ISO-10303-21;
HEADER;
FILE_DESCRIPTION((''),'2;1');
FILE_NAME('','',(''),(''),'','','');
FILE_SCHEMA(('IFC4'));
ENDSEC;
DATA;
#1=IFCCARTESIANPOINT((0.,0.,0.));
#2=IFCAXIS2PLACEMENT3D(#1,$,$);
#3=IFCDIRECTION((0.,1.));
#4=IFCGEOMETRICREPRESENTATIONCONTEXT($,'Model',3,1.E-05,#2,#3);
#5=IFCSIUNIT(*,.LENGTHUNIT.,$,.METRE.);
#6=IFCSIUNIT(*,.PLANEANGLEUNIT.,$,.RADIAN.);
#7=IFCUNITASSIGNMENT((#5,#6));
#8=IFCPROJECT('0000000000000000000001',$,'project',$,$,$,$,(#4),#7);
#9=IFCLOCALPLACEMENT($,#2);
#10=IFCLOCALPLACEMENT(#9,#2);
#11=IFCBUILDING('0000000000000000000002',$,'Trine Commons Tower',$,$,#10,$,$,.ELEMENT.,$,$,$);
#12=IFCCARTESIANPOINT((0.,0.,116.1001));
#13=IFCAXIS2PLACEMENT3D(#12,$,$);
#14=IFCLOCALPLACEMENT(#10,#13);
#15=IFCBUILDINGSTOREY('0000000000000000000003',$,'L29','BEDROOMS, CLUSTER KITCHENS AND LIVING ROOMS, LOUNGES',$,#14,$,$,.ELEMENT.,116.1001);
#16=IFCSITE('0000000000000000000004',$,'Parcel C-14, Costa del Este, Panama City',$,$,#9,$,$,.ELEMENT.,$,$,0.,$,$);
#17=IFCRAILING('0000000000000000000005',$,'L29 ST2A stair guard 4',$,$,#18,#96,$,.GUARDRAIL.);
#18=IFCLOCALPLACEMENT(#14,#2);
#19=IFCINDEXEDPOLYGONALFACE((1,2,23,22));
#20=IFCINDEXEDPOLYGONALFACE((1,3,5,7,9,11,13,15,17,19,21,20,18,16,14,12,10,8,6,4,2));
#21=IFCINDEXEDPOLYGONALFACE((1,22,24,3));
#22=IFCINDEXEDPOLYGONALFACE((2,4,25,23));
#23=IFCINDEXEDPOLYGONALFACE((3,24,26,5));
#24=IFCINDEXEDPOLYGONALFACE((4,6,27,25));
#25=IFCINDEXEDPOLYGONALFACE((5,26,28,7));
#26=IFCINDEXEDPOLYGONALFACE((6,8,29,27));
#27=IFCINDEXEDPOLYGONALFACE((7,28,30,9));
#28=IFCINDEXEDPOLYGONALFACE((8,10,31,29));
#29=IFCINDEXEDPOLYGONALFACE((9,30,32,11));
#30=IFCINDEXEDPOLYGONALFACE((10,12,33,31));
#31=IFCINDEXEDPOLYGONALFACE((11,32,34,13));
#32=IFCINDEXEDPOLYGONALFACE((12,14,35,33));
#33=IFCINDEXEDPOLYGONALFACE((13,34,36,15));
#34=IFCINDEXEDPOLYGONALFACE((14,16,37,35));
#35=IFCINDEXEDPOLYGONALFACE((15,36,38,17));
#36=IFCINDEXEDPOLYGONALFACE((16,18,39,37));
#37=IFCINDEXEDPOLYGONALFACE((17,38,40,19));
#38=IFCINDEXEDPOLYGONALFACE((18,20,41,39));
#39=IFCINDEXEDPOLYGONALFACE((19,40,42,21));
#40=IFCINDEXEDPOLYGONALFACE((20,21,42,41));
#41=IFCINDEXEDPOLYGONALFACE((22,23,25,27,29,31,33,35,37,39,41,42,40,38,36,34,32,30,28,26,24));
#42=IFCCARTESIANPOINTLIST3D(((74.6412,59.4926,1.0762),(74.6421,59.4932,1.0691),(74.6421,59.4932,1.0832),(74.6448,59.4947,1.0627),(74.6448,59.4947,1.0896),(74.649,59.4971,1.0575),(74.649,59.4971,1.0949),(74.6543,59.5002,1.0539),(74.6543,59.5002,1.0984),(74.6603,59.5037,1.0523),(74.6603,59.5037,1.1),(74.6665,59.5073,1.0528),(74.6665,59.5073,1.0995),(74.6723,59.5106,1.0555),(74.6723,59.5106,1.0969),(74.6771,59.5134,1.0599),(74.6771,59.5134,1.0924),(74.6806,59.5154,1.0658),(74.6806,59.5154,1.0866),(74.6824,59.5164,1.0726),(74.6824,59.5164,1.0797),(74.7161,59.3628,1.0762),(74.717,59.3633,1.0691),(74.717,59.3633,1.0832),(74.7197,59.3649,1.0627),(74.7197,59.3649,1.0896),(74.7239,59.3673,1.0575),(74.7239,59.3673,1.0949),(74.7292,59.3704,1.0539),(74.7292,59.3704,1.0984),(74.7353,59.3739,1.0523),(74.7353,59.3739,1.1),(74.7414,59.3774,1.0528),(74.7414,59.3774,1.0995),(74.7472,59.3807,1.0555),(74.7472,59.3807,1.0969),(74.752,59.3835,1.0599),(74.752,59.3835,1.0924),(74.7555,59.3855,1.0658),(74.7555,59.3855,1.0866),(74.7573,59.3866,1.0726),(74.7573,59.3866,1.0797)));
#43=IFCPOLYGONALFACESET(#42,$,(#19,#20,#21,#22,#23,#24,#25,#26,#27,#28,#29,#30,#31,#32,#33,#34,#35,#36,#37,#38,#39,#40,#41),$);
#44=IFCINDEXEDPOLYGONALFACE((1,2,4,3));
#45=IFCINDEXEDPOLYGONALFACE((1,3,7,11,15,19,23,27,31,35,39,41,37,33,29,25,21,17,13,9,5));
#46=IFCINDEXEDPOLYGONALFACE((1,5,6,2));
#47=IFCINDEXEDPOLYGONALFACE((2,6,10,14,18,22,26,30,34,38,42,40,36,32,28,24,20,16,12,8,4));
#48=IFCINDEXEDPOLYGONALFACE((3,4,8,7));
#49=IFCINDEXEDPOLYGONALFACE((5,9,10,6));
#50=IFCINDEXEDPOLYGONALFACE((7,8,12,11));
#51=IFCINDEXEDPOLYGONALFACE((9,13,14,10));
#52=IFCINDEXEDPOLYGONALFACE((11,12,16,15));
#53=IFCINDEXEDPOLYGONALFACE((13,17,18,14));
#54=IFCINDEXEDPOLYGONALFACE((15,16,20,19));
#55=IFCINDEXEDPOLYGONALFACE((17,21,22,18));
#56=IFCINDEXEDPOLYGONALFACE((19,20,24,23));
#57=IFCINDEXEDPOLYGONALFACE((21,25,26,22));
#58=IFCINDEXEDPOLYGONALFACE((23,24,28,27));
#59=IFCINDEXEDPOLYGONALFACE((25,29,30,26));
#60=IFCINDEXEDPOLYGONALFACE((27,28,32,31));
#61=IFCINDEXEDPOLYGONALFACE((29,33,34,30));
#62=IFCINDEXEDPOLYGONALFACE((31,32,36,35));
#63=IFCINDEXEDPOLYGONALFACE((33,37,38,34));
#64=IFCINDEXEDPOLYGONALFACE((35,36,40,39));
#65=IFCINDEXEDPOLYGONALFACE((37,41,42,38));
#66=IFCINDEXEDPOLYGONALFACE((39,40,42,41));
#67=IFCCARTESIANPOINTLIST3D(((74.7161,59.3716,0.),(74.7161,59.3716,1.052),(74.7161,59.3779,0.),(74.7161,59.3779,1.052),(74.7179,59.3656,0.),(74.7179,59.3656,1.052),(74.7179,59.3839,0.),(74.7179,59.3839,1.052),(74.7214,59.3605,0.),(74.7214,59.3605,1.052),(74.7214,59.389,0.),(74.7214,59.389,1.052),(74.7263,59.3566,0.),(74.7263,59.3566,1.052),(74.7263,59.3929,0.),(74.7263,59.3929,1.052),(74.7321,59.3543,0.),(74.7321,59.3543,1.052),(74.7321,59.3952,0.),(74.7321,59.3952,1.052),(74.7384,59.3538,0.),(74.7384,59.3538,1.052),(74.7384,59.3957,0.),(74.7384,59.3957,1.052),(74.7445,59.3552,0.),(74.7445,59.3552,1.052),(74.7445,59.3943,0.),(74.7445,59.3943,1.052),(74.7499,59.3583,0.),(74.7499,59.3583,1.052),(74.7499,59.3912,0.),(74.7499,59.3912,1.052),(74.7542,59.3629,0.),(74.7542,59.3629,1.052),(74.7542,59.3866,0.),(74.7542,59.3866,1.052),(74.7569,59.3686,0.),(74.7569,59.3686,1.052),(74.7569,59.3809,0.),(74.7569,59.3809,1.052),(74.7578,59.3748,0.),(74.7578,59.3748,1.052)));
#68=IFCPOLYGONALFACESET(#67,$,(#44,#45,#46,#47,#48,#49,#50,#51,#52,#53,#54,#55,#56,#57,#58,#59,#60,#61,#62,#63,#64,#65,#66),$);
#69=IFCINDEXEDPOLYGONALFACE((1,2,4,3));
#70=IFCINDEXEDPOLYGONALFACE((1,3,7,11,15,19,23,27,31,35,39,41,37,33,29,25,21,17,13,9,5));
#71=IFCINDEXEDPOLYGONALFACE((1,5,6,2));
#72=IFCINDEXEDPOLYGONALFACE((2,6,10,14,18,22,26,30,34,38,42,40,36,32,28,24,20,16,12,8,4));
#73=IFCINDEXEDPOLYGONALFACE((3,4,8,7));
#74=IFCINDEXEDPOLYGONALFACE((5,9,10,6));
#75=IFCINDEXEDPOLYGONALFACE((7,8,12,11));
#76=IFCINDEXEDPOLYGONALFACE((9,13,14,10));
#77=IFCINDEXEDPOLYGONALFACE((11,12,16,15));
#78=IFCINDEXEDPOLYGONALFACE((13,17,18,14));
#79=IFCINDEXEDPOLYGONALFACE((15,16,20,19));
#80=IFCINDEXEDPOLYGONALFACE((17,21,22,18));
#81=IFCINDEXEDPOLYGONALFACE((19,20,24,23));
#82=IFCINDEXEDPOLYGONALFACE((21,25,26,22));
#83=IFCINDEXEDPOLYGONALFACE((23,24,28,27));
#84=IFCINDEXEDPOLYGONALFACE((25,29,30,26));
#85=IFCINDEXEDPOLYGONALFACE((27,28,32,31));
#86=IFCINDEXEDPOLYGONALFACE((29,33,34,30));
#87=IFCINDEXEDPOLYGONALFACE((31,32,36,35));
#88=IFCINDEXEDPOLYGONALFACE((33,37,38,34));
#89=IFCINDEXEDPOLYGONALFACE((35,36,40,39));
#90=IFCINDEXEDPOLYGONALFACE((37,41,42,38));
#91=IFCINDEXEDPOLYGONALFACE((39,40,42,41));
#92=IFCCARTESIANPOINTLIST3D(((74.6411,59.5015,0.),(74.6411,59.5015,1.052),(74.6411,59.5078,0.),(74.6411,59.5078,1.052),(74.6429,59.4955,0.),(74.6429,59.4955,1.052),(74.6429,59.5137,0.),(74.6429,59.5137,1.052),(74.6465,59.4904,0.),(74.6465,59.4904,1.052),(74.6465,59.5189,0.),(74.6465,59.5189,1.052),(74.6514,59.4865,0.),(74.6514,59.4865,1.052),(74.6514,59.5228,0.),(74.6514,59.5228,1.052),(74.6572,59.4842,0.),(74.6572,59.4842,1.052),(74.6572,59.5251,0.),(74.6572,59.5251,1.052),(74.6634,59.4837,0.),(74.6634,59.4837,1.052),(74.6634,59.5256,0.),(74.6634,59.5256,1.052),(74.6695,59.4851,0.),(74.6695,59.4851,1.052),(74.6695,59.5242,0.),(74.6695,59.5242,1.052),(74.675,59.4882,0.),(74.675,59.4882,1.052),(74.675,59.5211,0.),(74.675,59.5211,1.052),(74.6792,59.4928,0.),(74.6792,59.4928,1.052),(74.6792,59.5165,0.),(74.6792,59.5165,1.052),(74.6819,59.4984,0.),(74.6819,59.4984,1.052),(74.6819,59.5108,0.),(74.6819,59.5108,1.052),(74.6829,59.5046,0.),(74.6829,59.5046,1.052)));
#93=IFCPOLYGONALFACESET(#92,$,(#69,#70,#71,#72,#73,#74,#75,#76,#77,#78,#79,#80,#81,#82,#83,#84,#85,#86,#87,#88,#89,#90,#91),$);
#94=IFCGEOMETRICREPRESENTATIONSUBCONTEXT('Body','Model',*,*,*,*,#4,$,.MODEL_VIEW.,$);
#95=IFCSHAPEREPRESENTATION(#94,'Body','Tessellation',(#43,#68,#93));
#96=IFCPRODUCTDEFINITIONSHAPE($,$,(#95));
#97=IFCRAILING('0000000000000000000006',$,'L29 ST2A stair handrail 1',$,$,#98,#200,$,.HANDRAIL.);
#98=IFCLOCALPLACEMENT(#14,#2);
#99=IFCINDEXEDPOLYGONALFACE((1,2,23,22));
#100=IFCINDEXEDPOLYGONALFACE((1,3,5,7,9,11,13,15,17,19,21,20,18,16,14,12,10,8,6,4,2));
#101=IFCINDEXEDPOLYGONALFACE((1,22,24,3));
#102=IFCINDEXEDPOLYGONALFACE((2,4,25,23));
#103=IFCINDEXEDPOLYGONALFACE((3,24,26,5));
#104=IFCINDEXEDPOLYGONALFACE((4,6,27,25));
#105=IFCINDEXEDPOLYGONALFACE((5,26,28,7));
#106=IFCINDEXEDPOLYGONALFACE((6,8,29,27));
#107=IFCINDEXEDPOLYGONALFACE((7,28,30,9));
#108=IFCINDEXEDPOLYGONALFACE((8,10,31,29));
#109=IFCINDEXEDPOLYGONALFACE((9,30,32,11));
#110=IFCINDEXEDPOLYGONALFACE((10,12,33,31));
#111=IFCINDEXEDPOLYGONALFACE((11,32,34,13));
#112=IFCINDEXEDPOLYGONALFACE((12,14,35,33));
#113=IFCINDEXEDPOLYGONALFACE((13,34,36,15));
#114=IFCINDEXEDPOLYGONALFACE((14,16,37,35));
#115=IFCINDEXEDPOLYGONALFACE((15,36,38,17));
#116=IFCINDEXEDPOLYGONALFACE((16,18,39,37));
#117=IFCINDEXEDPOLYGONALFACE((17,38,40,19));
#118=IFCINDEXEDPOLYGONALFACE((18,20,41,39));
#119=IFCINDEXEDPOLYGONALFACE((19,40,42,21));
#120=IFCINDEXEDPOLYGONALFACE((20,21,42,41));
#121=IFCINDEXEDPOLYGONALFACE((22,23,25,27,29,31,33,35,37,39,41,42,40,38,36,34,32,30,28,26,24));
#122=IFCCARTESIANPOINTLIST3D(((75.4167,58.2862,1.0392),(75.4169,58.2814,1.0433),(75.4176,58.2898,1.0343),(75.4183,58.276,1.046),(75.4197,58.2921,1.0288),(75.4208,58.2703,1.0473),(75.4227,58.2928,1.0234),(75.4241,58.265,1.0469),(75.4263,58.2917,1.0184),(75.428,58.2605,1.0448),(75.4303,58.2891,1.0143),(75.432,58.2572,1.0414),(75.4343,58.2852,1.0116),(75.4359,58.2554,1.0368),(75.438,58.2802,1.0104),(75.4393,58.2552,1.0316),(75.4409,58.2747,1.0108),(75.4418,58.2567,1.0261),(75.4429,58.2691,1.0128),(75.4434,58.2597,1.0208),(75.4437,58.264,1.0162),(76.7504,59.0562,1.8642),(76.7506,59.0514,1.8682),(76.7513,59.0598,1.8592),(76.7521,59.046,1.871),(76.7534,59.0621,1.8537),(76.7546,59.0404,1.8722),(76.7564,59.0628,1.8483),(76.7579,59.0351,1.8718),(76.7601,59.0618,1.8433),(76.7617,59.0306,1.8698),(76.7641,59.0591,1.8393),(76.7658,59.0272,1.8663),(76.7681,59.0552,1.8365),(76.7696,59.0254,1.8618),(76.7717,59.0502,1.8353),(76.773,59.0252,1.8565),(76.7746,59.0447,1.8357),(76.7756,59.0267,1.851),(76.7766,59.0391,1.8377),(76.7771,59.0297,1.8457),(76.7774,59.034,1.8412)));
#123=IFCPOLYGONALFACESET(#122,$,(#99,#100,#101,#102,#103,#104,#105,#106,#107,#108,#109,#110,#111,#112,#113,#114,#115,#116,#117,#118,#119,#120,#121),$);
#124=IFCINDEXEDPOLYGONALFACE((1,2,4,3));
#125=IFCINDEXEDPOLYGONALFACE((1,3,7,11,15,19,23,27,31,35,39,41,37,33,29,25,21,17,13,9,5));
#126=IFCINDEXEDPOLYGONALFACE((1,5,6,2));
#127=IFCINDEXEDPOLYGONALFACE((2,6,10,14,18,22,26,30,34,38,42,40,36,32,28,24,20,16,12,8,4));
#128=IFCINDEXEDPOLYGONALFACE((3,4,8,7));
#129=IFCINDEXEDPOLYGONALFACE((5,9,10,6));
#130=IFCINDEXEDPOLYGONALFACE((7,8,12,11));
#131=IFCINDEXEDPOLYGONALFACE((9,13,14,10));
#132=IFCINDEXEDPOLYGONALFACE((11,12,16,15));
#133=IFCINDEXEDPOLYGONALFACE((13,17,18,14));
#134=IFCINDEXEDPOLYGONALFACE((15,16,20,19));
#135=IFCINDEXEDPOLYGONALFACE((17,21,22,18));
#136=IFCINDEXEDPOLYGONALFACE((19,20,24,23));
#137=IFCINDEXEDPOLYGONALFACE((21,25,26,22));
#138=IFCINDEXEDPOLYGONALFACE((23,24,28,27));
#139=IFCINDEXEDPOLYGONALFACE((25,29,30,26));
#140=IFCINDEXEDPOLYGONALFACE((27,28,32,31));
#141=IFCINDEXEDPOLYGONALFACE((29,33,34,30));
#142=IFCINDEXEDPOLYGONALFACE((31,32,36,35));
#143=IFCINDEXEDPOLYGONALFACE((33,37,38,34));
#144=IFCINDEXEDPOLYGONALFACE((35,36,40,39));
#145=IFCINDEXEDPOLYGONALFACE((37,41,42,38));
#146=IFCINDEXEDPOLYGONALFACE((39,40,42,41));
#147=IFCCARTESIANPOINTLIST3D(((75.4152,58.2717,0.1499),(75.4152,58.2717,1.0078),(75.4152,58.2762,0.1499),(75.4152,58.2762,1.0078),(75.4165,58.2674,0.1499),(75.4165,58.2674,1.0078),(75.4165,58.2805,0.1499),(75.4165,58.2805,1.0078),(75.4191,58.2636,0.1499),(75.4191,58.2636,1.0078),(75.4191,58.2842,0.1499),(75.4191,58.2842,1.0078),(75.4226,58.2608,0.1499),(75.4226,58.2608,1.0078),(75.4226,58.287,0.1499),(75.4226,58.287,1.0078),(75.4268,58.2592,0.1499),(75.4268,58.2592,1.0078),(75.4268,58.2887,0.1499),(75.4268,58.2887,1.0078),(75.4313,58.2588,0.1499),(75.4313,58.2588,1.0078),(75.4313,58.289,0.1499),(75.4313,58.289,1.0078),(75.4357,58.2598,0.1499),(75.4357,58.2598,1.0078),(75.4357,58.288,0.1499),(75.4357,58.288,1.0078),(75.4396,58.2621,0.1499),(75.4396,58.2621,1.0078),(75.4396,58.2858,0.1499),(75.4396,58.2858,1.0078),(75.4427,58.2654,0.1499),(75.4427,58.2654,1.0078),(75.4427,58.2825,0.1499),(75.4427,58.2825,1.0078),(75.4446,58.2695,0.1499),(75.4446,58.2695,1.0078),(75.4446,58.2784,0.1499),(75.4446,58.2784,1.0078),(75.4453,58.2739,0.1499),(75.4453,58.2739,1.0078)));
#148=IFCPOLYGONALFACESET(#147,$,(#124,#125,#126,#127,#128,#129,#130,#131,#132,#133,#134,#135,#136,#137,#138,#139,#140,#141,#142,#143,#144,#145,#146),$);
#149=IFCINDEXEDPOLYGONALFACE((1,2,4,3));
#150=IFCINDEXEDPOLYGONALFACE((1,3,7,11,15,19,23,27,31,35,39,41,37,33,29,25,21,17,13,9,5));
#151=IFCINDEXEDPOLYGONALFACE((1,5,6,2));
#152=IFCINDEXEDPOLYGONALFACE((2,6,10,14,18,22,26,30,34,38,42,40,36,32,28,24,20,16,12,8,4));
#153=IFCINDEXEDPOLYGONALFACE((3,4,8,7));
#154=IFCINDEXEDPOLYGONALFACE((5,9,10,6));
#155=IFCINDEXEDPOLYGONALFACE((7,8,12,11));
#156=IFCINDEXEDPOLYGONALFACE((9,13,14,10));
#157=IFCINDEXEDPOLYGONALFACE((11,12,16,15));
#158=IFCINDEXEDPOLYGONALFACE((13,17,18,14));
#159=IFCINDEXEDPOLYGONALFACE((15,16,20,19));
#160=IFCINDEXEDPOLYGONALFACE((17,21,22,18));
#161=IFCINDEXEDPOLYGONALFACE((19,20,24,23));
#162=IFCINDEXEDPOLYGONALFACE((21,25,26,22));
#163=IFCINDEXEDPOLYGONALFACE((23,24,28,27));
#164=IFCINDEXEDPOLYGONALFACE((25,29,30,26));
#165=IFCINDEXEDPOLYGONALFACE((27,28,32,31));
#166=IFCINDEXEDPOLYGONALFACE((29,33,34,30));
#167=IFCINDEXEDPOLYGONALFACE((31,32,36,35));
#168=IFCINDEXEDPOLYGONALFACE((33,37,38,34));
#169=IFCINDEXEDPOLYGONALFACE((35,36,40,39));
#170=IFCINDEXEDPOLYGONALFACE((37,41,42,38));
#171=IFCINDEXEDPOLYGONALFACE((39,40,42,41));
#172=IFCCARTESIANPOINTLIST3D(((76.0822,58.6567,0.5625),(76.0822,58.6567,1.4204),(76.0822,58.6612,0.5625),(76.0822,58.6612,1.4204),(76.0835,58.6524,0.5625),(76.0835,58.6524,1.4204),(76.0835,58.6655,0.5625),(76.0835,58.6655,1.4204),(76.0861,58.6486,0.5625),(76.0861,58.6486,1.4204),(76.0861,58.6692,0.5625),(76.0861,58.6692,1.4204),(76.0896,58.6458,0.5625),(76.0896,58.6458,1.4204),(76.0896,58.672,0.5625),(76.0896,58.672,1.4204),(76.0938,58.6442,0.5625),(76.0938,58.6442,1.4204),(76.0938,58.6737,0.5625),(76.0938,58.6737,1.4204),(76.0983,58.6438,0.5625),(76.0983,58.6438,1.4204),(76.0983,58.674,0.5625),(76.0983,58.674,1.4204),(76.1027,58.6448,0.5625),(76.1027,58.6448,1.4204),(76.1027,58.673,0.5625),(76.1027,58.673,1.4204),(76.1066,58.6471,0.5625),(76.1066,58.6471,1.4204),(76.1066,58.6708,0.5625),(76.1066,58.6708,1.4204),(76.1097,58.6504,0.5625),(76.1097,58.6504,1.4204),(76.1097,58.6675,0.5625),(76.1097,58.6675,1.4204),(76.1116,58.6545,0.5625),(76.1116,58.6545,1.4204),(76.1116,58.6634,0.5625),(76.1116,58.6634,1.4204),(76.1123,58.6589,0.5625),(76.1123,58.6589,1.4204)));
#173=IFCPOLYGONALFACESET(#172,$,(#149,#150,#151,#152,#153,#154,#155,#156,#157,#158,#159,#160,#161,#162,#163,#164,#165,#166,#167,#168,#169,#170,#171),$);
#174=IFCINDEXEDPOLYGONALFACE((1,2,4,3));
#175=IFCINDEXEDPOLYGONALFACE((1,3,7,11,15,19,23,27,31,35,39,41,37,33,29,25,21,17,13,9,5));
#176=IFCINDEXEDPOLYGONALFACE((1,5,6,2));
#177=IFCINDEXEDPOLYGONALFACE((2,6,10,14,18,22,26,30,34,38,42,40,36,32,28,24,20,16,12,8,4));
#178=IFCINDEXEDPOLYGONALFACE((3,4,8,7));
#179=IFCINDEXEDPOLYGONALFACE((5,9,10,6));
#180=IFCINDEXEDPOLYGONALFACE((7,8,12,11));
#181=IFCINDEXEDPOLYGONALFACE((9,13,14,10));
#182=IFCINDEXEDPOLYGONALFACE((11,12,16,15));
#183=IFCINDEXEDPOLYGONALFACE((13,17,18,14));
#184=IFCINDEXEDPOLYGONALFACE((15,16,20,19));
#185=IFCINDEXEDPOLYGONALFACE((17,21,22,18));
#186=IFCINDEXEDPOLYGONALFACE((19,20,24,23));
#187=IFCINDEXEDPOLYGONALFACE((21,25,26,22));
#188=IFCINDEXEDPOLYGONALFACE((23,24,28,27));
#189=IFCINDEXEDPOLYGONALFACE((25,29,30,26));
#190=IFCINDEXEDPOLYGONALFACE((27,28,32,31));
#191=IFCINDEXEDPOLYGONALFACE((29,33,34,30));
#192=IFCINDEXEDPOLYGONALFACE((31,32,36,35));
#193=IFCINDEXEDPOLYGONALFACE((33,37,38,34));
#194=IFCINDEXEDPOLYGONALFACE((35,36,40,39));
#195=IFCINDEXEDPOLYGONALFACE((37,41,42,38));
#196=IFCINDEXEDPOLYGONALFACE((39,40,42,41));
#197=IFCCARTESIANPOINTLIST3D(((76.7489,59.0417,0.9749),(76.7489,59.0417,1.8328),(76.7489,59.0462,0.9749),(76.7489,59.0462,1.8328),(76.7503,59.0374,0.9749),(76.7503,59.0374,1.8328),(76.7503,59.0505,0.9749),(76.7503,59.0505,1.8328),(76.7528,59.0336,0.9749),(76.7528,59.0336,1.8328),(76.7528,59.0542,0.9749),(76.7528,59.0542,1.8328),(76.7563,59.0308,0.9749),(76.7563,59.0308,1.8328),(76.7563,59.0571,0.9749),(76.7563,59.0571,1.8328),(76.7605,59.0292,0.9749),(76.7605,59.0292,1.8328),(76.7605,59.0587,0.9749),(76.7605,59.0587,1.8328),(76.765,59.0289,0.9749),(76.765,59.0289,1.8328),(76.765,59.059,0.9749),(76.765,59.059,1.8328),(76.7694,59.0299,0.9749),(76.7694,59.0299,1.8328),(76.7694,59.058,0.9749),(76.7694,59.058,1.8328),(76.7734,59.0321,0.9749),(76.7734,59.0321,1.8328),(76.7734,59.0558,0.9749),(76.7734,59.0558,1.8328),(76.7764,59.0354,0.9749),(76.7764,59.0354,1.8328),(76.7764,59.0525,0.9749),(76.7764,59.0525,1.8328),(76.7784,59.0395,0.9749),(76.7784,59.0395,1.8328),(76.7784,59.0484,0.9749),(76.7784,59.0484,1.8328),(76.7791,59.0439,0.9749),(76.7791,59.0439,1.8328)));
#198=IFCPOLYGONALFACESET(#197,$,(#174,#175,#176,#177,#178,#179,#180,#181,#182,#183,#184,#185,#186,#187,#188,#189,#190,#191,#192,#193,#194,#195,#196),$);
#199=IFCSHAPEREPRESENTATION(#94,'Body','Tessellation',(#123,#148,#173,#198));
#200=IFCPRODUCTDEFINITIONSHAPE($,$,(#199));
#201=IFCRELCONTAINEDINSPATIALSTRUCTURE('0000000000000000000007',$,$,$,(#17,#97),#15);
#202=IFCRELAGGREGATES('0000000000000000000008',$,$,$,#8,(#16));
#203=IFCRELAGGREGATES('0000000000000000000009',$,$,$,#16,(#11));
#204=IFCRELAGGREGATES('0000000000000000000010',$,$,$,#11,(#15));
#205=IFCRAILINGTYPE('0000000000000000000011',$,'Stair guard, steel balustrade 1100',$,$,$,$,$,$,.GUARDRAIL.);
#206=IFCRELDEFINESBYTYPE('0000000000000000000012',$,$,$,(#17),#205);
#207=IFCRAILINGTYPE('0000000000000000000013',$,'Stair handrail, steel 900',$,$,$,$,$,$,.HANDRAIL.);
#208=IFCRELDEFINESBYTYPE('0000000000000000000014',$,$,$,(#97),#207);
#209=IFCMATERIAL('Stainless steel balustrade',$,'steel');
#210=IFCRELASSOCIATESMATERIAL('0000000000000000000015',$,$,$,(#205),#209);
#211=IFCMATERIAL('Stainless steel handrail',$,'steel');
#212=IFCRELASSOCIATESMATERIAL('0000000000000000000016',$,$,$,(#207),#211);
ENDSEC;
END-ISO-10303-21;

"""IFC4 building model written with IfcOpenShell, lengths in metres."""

from ifc_helpers import new_model, si_unit, direction, frame, origin, origin_2d, place, context, subcontext, project, spatial, circle, extrude, material, type_object, element, save


model = new_model("IFC4")

# Units and contexts
model_context = context("Model", 3, precision=1e-05, world=origin(), true_north=direction((0.0, 1.0)))
body_context = subcontext(model_context, "Body", "Model", "MODEL_VIEW")
ifc_project = project(units=[si_unit("LENGTHUNIT", "METRE"), si_unit("PLANEANGLEUNIT", "RADIAN")], contexts=[model_context])

# Site, building, storey
site_placement = place(None, origin())
site = spatial("IfcSite", under=ifc_project, at=site_placement, Name="Parcel C-14, Costa del Este, Panama City", CompositionType="ELEMENT", RefElevation=0.0)
building_placement = place(site_placement, origin())
building = spatial("IfcBuilding", under=site, at=building_placement, Name="Trine Commons Tower", CompositionType="ELEMENT")
storey_placement = place(building_placement, frame((0.0, 0.0, 116.1001)))
storey = spatial("IfcBuildingStorey", under=building, at=storey_placement, Name="L29", Description="BEDROOMS, CLUSTER KITCHENS AND LIVING ROOMS, LOUNGES", CompositionType="ELEMENT", Elevation=116.1001)

# Railings
ifc_material_1 = material(Name="Stainless steel balustrade", Category="steel")
railing_type_1 = type_object("IfcRailingType", Name="Stair guard, steel balustrade 1100", PredefinedType="GUARDRAIL", material=ifc_material_1)
railing_1_placement = place(storey_placement, frame((74.7368, 59.3748, 0.0)))
element("IfcRailing", 1, at=railing_1_placement, inside=storey, type_object=railing_type_1, Name="L29 ST2A stair guard 4", PredefinedType="GUARDRAIL", context=body_context, shape_type="SweptSolid", body=[
    extrude(circle(Radius=0.0239, at=origin_2d()), frame((0.0, 0.0, 1.0762), z_axis=(-0.499816, 0.866131, 0.0), x_axis=(-0.866131, -0.499816, 0.0)), (0.0, 0.0, 1.0), 0.1499),
    extrude(circle(Radius=0.021, at=origin_2d()), origin(), (0.0, 0.0, 1.0), 1.052),
    extrude(circle(Radius=0.021, at=origin_2d()), frame((-0.075, 0.1299, 0.0)), (0.0, 0.0, 1.0), 1.052),
])
ifc_material_2 = material(Name="Stainless steel handrail", Category="steel")
railing_type_2 = type_object("IfcRailingType", Name="Stair handrail, steel 900", PredefinedType="HANDRAIL", material=ifc_material_2)
railing_2_placement = place(storey_placement, frame((75.4302, 58.2739, 0.1499)))
element("IfcRailing", 2, at=railing_2_placement, inside=storey, type_object=railing_type_2, Name="L29 ST2A stair handrail 1", PredefinedType="HANDRAIL", context=body_context, shape_type="SweptSolid", body=[
    extrude(circle(Radius=0.021, at=origin_2d()), frame((0.0, 0.0, 0.8789), z_axis=(0.763405, 0.440743, 0.472185), x_axis=(-0.499992, 0.86603, 0.0)), (0.0, 0.0, 1.0), 1.7471),
    extrude(circle(Radius=0.0151, at=origin_2d()), origin(), (0.0, 0.0, 1.0), 0.8579),
    extrude(circle(Radius=0.0151, at=origin_2d()), frame((0.667, 0.385, 0.4126)), (0.0, 0.0, 1.0), 0.8579),
    extrude(circle(Radius=0.0151, at=origin_2d()), frame((1.3337, 0.77, 0.825)), (0.0, 0.0, 1.0), 0.8579),
])

save(model, "model.ifc")
